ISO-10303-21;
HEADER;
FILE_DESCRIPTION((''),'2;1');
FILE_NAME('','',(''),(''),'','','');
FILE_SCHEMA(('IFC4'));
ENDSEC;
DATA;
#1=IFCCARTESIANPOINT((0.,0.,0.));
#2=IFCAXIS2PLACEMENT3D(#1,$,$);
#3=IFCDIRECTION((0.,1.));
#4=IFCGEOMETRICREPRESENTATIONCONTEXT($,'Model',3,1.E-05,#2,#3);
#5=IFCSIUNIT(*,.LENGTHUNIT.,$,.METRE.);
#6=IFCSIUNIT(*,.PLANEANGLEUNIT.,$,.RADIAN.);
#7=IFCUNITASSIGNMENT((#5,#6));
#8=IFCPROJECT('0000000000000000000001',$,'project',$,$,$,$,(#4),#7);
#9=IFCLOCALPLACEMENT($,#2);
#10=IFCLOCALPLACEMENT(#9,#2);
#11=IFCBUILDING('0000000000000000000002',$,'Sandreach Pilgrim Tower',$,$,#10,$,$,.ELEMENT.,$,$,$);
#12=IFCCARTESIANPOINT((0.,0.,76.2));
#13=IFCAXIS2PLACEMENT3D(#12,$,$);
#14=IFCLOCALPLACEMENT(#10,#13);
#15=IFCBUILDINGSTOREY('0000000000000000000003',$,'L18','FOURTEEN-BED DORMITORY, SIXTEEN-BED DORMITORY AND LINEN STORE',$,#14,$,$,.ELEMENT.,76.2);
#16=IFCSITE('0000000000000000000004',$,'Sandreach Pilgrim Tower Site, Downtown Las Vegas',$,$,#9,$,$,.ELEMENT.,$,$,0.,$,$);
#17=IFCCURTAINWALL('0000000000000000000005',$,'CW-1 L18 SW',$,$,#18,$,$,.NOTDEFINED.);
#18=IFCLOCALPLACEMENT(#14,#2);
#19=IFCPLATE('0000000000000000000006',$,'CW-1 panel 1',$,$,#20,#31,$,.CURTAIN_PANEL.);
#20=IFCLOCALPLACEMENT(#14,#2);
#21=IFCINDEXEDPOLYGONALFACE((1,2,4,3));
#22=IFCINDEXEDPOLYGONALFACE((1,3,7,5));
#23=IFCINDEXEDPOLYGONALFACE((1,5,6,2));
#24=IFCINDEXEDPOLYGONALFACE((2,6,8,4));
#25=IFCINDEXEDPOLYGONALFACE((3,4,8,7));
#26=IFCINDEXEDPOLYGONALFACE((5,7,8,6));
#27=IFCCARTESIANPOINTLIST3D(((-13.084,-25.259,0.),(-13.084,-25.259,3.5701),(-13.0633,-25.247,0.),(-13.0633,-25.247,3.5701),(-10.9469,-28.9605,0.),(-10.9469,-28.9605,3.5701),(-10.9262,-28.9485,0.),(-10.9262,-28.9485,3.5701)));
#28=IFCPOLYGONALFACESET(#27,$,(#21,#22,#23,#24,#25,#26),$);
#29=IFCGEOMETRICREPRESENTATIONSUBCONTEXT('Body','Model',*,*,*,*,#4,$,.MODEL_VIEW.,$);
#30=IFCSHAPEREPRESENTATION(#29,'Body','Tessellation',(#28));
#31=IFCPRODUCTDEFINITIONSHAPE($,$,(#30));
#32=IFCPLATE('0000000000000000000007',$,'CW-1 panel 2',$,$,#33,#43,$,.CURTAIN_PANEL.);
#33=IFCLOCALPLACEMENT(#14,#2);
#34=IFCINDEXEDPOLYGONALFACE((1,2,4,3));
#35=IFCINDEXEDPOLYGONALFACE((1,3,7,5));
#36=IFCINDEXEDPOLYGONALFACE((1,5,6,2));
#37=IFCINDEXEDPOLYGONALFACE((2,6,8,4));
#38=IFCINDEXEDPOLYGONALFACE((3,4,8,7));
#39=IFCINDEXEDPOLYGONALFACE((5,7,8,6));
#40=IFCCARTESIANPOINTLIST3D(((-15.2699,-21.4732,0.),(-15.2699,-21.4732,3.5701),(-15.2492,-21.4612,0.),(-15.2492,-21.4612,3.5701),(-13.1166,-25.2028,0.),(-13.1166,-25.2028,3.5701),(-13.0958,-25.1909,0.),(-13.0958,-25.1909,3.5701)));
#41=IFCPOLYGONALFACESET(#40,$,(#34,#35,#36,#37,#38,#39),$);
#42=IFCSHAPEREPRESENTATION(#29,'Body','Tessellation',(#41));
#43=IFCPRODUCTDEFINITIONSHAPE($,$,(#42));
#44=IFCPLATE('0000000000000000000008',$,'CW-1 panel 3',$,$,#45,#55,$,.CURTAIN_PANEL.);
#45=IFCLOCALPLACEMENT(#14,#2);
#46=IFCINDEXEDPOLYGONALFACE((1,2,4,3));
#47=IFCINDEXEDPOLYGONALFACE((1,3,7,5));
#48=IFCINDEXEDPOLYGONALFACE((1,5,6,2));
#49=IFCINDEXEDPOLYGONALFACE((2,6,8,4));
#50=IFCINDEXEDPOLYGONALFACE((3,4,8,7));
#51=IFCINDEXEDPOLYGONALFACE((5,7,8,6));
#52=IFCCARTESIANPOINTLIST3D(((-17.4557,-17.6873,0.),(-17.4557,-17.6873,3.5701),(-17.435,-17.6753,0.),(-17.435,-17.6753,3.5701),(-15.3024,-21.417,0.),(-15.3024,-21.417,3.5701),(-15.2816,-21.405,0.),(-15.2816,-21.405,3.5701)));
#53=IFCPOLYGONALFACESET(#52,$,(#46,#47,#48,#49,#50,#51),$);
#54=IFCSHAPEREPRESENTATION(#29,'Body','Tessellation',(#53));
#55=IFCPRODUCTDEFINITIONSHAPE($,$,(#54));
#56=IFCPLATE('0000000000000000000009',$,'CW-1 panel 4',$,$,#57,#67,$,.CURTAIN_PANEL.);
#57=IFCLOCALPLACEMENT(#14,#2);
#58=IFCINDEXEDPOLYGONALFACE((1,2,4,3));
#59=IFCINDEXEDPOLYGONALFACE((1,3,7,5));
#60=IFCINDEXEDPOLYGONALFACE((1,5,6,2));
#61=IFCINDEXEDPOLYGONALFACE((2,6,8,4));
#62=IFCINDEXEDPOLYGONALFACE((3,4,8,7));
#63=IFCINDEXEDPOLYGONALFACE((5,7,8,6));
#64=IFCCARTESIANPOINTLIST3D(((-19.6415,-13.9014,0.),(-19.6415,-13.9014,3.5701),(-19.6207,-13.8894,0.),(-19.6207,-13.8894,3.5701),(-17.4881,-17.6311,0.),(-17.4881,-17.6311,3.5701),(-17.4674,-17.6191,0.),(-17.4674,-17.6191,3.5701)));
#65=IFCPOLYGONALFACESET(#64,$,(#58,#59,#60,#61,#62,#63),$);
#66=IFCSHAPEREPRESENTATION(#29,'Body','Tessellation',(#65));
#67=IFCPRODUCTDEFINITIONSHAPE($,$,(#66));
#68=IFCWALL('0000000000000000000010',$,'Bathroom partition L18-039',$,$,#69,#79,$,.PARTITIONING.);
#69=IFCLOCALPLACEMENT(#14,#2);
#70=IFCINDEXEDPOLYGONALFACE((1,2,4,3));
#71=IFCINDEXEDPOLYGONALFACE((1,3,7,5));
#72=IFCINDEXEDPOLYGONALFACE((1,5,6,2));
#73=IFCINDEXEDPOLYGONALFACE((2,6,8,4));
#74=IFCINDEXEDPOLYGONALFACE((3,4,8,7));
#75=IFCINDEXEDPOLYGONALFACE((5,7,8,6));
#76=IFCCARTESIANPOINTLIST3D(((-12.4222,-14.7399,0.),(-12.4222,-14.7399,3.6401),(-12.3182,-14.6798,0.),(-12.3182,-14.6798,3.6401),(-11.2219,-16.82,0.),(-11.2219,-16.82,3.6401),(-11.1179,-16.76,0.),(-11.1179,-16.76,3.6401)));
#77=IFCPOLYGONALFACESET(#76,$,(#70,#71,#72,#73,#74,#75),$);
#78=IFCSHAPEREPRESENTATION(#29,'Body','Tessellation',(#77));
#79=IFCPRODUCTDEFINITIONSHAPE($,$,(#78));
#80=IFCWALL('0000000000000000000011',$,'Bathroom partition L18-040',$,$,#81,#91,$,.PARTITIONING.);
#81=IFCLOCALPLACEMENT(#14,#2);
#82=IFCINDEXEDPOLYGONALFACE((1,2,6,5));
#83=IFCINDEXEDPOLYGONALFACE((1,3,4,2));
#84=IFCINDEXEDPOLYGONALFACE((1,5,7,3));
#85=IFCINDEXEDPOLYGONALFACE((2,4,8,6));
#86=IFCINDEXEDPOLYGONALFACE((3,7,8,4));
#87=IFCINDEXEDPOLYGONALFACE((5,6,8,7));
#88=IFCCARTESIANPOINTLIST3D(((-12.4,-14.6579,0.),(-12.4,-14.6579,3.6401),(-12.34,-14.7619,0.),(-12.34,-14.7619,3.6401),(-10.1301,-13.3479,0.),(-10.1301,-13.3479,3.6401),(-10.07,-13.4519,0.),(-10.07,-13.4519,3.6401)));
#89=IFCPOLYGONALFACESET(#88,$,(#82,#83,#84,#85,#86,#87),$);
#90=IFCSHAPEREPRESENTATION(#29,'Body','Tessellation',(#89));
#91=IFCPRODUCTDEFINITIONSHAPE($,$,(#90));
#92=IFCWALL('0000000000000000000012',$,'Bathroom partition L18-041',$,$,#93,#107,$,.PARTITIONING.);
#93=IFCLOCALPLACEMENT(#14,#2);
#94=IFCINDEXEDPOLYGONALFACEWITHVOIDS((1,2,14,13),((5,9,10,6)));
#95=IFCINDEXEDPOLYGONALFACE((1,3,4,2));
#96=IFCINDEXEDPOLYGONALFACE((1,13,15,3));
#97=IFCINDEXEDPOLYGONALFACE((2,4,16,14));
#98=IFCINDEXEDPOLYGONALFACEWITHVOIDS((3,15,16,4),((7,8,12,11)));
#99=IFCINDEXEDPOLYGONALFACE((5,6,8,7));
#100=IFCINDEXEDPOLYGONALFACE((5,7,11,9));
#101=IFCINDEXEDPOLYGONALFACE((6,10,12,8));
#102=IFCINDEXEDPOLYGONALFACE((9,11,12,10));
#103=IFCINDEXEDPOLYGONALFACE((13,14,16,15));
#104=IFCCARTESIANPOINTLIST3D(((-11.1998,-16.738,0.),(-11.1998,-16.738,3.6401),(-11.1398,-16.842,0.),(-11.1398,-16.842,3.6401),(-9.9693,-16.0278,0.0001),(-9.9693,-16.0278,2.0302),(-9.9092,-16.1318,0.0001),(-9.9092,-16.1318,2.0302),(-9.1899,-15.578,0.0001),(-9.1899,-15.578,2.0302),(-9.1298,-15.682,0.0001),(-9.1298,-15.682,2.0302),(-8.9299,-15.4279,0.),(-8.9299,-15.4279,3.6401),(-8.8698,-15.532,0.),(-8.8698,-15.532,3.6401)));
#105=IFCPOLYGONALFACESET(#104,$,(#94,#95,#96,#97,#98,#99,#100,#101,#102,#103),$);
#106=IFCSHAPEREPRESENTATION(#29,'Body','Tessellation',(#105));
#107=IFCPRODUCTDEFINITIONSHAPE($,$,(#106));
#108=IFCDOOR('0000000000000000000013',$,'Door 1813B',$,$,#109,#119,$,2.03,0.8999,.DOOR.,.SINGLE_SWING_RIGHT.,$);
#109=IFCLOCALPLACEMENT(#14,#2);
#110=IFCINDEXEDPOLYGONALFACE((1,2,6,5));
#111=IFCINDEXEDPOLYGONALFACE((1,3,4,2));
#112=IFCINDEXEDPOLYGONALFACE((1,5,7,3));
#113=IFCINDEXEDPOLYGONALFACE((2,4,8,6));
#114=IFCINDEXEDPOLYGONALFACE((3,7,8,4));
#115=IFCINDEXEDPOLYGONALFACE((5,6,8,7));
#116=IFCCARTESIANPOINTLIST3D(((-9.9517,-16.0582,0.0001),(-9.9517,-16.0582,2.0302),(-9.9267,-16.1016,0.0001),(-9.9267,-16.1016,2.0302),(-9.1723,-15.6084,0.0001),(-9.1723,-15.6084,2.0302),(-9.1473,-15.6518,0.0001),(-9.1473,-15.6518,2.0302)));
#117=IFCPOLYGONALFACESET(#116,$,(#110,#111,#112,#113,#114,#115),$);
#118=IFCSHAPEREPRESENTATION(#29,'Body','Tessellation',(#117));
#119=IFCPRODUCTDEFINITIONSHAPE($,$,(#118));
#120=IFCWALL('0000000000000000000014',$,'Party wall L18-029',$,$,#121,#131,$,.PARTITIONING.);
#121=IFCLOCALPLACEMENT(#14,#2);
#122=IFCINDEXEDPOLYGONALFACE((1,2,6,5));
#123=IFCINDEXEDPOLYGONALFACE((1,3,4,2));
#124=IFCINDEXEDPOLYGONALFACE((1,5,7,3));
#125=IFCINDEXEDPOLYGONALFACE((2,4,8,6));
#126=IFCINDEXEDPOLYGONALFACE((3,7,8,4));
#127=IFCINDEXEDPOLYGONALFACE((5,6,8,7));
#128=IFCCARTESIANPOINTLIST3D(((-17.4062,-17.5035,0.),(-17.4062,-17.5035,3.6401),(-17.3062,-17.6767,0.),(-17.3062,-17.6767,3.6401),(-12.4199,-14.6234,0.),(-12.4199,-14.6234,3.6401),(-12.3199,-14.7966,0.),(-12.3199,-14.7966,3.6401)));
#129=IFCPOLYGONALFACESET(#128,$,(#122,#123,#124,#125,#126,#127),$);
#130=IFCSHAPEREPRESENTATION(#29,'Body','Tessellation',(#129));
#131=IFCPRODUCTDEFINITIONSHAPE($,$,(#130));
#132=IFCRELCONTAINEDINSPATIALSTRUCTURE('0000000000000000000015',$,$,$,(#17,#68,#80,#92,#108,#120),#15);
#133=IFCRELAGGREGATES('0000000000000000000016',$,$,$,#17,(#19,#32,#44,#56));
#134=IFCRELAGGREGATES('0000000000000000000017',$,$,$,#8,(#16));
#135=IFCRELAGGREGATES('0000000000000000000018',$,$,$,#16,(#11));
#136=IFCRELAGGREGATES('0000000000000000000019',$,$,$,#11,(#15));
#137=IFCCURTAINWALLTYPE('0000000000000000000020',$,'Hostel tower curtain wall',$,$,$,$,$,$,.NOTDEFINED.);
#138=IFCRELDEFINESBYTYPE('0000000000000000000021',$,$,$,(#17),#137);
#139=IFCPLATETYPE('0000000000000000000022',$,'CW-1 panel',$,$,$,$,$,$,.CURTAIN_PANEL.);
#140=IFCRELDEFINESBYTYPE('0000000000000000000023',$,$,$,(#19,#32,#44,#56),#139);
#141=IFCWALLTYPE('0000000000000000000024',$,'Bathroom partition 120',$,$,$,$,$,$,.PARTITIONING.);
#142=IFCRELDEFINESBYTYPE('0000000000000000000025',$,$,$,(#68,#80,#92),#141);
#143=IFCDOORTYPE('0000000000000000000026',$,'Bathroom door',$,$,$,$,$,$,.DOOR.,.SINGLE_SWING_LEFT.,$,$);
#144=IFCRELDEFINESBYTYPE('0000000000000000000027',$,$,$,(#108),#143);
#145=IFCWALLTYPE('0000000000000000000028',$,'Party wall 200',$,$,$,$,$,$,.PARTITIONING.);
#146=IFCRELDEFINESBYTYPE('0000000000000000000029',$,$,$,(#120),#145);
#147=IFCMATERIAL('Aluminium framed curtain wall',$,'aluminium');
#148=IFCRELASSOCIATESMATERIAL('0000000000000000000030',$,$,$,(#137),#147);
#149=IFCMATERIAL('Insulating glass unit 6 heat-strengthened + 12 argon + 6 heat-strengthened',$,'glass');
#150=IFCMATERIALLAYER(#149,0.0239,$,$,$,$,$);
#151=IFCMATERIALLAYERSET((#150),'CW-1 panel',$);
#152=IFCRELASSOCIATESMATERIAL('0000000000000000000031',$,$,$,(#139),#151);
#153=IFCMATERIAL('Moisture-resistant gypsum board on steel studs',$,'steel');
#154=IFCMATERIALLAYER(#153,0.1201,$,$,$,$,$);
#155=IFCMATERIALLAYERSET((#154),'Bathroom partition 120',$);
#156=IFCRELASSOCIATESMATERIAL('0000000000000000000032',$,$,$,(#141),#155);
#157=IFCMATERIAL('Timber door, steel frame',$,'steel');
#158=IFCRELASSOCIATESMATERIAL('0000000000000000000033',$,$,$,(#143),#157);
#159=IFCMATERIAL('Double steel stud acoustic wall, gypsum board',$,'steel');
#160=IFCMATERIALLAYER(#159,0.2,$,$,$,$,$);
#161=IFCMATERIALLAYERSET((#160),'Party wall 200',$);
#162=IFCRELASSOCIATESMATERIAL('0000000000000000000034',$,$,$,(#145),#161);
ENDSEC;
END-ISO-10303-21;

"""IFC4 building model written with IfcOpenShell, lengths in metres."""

from ifc_helpers import new_model, si_unit, direction, frame, frame_2d, origin, origin_2d, place, context, subcontext, project, spatial, rectangle, extrude, material, layer, layer_set, type_object, element, fill, aggregate, save


model = new_model("IFC4")

# Units and contexts
model_context = context("Model", 3, precision=1e-05, world=origin(), true_north=direction((0.0, 1.0)))
body_context = subcontext(model_context, "Body", "Model", "MODEL_VIEW")
ifc_project = project(units=[si_unit("LENGTHUNIT", "METRE"), si_unit("PLANEANGLEUNIT", "RADIAN")], contexts=[model_context])

# Site, building, storey
site_placement = place(None, origin())
site = spatial("IfcSite", under=ifc_project, at=site_placement, Name="Sandreach Pilgrim Tower Site, Downtown Las Vegas", CompositionType="ELEMENT", RefElevation=0.0)
building_placement = place(site_placement, origin())
building = spatial("IfcBuilding", under=site, at=building_placement, Name="Sandreach Pilgrim Tower", CompositionType="ELEMENT")
storey_placement = place(building_placement, frame((0.0, 0.0, 76.2)))
storey = spatial("IfcBuildingStorey", under=building, at=storey_placement, Name="L18", Description="FOURTEEN-BED DORMITORY, SIXTEEN-BED DORMITORY AND LINEN STORE", CompositionType="ELEMENT", Elevation=76.2)

# Curtain wall
ifc_material_1 = material(Name="Aluminium framed curtain wall", Category="aluminium")
curtain_wall_type = type_object("IfcCurtainWallType", Name="Hostel tower curtain wall", PredefinedType="NOTDEFINED", material=ifc_material_1)
curtain_wall_placement = place(storey_placement, origin())
curtain_wall = element("IfcCurtainWall", 1, at=curtain_wall_placement, inside=storey, type_object=curtain_wall_type, Name="CW-1 L18 SW", PredefinedType="NOTDEFINED")

# Plates
ifc_material_2 = material(Name="Insulating glass unit 6 heat-strengthened + 12 argon + 6 heat-strengthened", Category="glass")
ifc_layer_1 = layer(ifc_material_2, 0.0239)
ifc_layer_set_1 = layer_set([ifc_layer_1], Name="CW-1 panel")
plate_type = type_object("IfcPlateType", Name="CW-1 panel", PredefinedType="CURTAIN_PANEL", material=ifc_layer_set_1)
plate_1_placement = place(storey_placement, frame((-12.0051, -27.1038, 0.0), z_axis=(0.0, 0.0, 1.0), x_axis=(-0.5, 0.866025, 0.0)))
plate_1 = element("IfcPlate", 2, at=plate_1_placement, type_object=plate_type, Name="CW-1 panel 1", PredefinedType="CURTAIN_PANEL", context=body_context, shape_type="SweptSolid", body=[
    extrude(rectangle(XDim=4.2742, YDim=0.0239, at=origin_2d()), origin(), (0.0, 0.0, 1.0), 3.5701),
])
plate_2_placement = place(storey_placement, frame((-14.1829, -23.332, 0.0), z_axis=(0.0, 0.0, 1.0), x_axis=(-0.5, 0.866025, 0.0)))
plate_2 = element("IfcPlate", 3, at=plate_2_placement, type_object=plate_type, Name="CW-1 panel 2", PredefinedType="CURTAIN_PANEL", context=body_context, shape_type="SweptSolid", body=[
    extrude(rectangle(XDim=4.3066, YDim=0.0239, at=origin_2d()), origin(), (0.0, 0.0, 1.0), 3.5701),
])
plate_3_placement = place(storey_placement, frame((-16.3687, -19.5461, 0.0), z_axis=(0.0, 0.0, 1.0), x_axis=(-0.5, 0.866025, 0.0)))
plate_3 = element("IfcPlate", 4, at=plate_3_placement, type_object=plate_type, Name="CW-1 panel 3", PredefinedType="CURTAIN_PANEL", context=body_context, shape_type="SweptSolid", body=[
    extrude(rectangle(XDim=4.3066, YDim=0.0239, at=origin_2d()), origin(), (0.0, 0.0, 1.0), 3.5701),
])
plate_4_placement = place(storey_placement, frame((-18.5544, -15.7603, 0.0), z_axis=(0.0, 0.0, 1.0), x_axis=(-0.5, 0.866025, 0.0)))
plate_4 = element("IfcPlate", 5, at=plate_4_placement, type_object=plate_type, Name="CW-1 panel 4", PredefinedType="CURTAIN_PANEL", context=body_context, shape_type="SweptSolid", body=[
    extrude(rectangle(XDim=4.3066, YDim=0.0239, at=origin_2d()), origin(), (0.0, 0.0, 1.0), 3.5701),
])
aggregate(curtain_wall, [plate_1, plate_2, plate_3, plate_4])

# Walls
ifc_material_3 = material(Name="Moisture-resistant gypsum board on steel studs", Category="steel")
ifc_layer_2 = layer(ifc_material_3, 0.1201)
ifc_layer_set_2 = layer_set([ifc_layer_2], Name="Bathroom partition 120")
wall_type_1 = type_object("IfcWallType", Name="Bathroom partition 120", PredefinedType="PARTITIONING", material=ifc_layer_set_2)
wall_1_placement = place(storey_placement, frame((-12.3701, -14.71, 0.0), z_axis=(0.0, 0.0, 1.0), x_axis=(0.499769, -0.866159, 0.0)))
element("IfcWall", 6, at=wall_1_placement, inside=storey, type_object=wall_type_1, Name="Bathroom partition L18-039", PredefinedType="PARTITIONING", context=body_context, shape_type="SweptSolid", body=[
    extrude(rectangle(XDim=2.4016, YDim=0.1201, at=frame_2d((1.2007, 0.0))), origin(), (0.0, 0.0, 1.0), 3.6401),
])
wall_2_placement = place(storey_placement, frame((-12.3701, -14.71, 0.0), z_axis=(0.0, 0.0, 1.0), x_axis=(0.866114, 0.499846, 0.0)))
element("IfcWall", 7, at=wall_2_placement, inside=storey, type_object=wall_type_1, Name="Bathroom partition L18-040", PredefinedType="PARTITIONING", context=body_context, shape_type="SweptSolid", body=[
    extrude(rectangle(XDim=2.6208, YDim=0.1201, at=frame_2d((1.3105, 0.0))), origin(), (0.0, 0.0, 1.0), 3.6401),
])

# Wall, opening, door
wall_3_placement = place(storey_placement, frame((-11.1699, -16.79, 0.0), z_axis=(0.0, 0.0, 1.0), x_axis=(0.866114, 0.499846, 0.0)))
wall_3 = element("IfcWall", 8, at=wall_3_placement, inside=storey, type_object=wall_type_1, Name="Bathroom partition L18-041", PredefinedType="PARTITIONING", context=body_context, shape_type="SweptSolid", body=[
    extrude(rectangle(XDim=2.6208, YDim=0.1201, at=frame_2d((1.3105, 0.0))), origin(), (0.0, 0.0, 1.0), 3.6401),
])
opening_placement = place(wall_3_placement, frame((1.4209, 0.0, 0.0)))
opening = element("IfcOpeningElement", 9, at=opening_placement, cuts=wall_3, PredefinedType="OPENING", context=body_context, shape_type="SweptSolid", body=[
    extrude(rectangle(XDim=0.8999, YDim=2.03, at=frame_2d((0.45, 1.0151))), frame((0.0, 0.0601, 0.0), z_axis=(0.0, -1.0, 0.0), x_axis=(1.0, 0.0, 0.0)), (0.0, 0.0, 1.0), 0.1201),
])
ifc_material_4 = material(Name="Timber door, steel frame", Category="steel")
door_type = type_object("IfcDoorType", Name="Bathroom door", OperationType="SINGLE_SWING_LEFT", PredefinedType="DOOR", material=ifc_material_4)
door_placement = place(opening_placement, origin())
door = element("IfcDoor", 10, at=door_placement, inside=storey, type_object=door_type, Name="Door 1813B", OperationType="SINGLE_SWING_RIGHT", OverallHeight=2.03, OverallWidth=0.8999, PredefinedType="DOOR", context=body_context, shape_type="SweptSolid", body=[
    extrude(rectangle(XDim=0.8999, YDim=2.03, at=frame_2d((0.45, 1.0151))), frame((0.0, 0.0249, 0.0), z_axis=(0.0, -1.0, 0.0), x_axis=(1.0, 0.0, 0.0)), (0.0, 0.0, 1.0), 0.05),
])
fill(opening, door)

# Wall
ifc_material_5 = material(Name="Double steel stud acoustic wall, gypsum board", Category="steel")
ifc_layer_3 = layer(ifc_material_5, 0.2)
ifc_layer_set_3 = layer_set([ifc_layer_3], Name="Party wall 200")
wall_type_2 = type_object("IfcWallType", Name="Party wall 200", PredefinedType="PARTITIONING", material=ifc_layer_set_3)
wall_4_placement = place(storey_placement, frame((-17.3562, -17.5901, 0.0), z_axis=(0.0, 0.0, 1.0), x_axis=(0.86593, 0.500165, 0.0)))
element("IfcWall", 11, at=wall_4_placement, inside=storey, type_object=wall_type_2, Name="Party wall L18-029", PredefinedType="PARTITIONING", context=body_context, shape_type="SweptSolid", body=[
    extrude(rectangle(XDim=5.7583, YDim=0.2, at=frame_2d((2.8792, 0.0))), origin(), (0.0, 0.0, 1.0), 3.6401),
])

save(model, "model.ifc")
